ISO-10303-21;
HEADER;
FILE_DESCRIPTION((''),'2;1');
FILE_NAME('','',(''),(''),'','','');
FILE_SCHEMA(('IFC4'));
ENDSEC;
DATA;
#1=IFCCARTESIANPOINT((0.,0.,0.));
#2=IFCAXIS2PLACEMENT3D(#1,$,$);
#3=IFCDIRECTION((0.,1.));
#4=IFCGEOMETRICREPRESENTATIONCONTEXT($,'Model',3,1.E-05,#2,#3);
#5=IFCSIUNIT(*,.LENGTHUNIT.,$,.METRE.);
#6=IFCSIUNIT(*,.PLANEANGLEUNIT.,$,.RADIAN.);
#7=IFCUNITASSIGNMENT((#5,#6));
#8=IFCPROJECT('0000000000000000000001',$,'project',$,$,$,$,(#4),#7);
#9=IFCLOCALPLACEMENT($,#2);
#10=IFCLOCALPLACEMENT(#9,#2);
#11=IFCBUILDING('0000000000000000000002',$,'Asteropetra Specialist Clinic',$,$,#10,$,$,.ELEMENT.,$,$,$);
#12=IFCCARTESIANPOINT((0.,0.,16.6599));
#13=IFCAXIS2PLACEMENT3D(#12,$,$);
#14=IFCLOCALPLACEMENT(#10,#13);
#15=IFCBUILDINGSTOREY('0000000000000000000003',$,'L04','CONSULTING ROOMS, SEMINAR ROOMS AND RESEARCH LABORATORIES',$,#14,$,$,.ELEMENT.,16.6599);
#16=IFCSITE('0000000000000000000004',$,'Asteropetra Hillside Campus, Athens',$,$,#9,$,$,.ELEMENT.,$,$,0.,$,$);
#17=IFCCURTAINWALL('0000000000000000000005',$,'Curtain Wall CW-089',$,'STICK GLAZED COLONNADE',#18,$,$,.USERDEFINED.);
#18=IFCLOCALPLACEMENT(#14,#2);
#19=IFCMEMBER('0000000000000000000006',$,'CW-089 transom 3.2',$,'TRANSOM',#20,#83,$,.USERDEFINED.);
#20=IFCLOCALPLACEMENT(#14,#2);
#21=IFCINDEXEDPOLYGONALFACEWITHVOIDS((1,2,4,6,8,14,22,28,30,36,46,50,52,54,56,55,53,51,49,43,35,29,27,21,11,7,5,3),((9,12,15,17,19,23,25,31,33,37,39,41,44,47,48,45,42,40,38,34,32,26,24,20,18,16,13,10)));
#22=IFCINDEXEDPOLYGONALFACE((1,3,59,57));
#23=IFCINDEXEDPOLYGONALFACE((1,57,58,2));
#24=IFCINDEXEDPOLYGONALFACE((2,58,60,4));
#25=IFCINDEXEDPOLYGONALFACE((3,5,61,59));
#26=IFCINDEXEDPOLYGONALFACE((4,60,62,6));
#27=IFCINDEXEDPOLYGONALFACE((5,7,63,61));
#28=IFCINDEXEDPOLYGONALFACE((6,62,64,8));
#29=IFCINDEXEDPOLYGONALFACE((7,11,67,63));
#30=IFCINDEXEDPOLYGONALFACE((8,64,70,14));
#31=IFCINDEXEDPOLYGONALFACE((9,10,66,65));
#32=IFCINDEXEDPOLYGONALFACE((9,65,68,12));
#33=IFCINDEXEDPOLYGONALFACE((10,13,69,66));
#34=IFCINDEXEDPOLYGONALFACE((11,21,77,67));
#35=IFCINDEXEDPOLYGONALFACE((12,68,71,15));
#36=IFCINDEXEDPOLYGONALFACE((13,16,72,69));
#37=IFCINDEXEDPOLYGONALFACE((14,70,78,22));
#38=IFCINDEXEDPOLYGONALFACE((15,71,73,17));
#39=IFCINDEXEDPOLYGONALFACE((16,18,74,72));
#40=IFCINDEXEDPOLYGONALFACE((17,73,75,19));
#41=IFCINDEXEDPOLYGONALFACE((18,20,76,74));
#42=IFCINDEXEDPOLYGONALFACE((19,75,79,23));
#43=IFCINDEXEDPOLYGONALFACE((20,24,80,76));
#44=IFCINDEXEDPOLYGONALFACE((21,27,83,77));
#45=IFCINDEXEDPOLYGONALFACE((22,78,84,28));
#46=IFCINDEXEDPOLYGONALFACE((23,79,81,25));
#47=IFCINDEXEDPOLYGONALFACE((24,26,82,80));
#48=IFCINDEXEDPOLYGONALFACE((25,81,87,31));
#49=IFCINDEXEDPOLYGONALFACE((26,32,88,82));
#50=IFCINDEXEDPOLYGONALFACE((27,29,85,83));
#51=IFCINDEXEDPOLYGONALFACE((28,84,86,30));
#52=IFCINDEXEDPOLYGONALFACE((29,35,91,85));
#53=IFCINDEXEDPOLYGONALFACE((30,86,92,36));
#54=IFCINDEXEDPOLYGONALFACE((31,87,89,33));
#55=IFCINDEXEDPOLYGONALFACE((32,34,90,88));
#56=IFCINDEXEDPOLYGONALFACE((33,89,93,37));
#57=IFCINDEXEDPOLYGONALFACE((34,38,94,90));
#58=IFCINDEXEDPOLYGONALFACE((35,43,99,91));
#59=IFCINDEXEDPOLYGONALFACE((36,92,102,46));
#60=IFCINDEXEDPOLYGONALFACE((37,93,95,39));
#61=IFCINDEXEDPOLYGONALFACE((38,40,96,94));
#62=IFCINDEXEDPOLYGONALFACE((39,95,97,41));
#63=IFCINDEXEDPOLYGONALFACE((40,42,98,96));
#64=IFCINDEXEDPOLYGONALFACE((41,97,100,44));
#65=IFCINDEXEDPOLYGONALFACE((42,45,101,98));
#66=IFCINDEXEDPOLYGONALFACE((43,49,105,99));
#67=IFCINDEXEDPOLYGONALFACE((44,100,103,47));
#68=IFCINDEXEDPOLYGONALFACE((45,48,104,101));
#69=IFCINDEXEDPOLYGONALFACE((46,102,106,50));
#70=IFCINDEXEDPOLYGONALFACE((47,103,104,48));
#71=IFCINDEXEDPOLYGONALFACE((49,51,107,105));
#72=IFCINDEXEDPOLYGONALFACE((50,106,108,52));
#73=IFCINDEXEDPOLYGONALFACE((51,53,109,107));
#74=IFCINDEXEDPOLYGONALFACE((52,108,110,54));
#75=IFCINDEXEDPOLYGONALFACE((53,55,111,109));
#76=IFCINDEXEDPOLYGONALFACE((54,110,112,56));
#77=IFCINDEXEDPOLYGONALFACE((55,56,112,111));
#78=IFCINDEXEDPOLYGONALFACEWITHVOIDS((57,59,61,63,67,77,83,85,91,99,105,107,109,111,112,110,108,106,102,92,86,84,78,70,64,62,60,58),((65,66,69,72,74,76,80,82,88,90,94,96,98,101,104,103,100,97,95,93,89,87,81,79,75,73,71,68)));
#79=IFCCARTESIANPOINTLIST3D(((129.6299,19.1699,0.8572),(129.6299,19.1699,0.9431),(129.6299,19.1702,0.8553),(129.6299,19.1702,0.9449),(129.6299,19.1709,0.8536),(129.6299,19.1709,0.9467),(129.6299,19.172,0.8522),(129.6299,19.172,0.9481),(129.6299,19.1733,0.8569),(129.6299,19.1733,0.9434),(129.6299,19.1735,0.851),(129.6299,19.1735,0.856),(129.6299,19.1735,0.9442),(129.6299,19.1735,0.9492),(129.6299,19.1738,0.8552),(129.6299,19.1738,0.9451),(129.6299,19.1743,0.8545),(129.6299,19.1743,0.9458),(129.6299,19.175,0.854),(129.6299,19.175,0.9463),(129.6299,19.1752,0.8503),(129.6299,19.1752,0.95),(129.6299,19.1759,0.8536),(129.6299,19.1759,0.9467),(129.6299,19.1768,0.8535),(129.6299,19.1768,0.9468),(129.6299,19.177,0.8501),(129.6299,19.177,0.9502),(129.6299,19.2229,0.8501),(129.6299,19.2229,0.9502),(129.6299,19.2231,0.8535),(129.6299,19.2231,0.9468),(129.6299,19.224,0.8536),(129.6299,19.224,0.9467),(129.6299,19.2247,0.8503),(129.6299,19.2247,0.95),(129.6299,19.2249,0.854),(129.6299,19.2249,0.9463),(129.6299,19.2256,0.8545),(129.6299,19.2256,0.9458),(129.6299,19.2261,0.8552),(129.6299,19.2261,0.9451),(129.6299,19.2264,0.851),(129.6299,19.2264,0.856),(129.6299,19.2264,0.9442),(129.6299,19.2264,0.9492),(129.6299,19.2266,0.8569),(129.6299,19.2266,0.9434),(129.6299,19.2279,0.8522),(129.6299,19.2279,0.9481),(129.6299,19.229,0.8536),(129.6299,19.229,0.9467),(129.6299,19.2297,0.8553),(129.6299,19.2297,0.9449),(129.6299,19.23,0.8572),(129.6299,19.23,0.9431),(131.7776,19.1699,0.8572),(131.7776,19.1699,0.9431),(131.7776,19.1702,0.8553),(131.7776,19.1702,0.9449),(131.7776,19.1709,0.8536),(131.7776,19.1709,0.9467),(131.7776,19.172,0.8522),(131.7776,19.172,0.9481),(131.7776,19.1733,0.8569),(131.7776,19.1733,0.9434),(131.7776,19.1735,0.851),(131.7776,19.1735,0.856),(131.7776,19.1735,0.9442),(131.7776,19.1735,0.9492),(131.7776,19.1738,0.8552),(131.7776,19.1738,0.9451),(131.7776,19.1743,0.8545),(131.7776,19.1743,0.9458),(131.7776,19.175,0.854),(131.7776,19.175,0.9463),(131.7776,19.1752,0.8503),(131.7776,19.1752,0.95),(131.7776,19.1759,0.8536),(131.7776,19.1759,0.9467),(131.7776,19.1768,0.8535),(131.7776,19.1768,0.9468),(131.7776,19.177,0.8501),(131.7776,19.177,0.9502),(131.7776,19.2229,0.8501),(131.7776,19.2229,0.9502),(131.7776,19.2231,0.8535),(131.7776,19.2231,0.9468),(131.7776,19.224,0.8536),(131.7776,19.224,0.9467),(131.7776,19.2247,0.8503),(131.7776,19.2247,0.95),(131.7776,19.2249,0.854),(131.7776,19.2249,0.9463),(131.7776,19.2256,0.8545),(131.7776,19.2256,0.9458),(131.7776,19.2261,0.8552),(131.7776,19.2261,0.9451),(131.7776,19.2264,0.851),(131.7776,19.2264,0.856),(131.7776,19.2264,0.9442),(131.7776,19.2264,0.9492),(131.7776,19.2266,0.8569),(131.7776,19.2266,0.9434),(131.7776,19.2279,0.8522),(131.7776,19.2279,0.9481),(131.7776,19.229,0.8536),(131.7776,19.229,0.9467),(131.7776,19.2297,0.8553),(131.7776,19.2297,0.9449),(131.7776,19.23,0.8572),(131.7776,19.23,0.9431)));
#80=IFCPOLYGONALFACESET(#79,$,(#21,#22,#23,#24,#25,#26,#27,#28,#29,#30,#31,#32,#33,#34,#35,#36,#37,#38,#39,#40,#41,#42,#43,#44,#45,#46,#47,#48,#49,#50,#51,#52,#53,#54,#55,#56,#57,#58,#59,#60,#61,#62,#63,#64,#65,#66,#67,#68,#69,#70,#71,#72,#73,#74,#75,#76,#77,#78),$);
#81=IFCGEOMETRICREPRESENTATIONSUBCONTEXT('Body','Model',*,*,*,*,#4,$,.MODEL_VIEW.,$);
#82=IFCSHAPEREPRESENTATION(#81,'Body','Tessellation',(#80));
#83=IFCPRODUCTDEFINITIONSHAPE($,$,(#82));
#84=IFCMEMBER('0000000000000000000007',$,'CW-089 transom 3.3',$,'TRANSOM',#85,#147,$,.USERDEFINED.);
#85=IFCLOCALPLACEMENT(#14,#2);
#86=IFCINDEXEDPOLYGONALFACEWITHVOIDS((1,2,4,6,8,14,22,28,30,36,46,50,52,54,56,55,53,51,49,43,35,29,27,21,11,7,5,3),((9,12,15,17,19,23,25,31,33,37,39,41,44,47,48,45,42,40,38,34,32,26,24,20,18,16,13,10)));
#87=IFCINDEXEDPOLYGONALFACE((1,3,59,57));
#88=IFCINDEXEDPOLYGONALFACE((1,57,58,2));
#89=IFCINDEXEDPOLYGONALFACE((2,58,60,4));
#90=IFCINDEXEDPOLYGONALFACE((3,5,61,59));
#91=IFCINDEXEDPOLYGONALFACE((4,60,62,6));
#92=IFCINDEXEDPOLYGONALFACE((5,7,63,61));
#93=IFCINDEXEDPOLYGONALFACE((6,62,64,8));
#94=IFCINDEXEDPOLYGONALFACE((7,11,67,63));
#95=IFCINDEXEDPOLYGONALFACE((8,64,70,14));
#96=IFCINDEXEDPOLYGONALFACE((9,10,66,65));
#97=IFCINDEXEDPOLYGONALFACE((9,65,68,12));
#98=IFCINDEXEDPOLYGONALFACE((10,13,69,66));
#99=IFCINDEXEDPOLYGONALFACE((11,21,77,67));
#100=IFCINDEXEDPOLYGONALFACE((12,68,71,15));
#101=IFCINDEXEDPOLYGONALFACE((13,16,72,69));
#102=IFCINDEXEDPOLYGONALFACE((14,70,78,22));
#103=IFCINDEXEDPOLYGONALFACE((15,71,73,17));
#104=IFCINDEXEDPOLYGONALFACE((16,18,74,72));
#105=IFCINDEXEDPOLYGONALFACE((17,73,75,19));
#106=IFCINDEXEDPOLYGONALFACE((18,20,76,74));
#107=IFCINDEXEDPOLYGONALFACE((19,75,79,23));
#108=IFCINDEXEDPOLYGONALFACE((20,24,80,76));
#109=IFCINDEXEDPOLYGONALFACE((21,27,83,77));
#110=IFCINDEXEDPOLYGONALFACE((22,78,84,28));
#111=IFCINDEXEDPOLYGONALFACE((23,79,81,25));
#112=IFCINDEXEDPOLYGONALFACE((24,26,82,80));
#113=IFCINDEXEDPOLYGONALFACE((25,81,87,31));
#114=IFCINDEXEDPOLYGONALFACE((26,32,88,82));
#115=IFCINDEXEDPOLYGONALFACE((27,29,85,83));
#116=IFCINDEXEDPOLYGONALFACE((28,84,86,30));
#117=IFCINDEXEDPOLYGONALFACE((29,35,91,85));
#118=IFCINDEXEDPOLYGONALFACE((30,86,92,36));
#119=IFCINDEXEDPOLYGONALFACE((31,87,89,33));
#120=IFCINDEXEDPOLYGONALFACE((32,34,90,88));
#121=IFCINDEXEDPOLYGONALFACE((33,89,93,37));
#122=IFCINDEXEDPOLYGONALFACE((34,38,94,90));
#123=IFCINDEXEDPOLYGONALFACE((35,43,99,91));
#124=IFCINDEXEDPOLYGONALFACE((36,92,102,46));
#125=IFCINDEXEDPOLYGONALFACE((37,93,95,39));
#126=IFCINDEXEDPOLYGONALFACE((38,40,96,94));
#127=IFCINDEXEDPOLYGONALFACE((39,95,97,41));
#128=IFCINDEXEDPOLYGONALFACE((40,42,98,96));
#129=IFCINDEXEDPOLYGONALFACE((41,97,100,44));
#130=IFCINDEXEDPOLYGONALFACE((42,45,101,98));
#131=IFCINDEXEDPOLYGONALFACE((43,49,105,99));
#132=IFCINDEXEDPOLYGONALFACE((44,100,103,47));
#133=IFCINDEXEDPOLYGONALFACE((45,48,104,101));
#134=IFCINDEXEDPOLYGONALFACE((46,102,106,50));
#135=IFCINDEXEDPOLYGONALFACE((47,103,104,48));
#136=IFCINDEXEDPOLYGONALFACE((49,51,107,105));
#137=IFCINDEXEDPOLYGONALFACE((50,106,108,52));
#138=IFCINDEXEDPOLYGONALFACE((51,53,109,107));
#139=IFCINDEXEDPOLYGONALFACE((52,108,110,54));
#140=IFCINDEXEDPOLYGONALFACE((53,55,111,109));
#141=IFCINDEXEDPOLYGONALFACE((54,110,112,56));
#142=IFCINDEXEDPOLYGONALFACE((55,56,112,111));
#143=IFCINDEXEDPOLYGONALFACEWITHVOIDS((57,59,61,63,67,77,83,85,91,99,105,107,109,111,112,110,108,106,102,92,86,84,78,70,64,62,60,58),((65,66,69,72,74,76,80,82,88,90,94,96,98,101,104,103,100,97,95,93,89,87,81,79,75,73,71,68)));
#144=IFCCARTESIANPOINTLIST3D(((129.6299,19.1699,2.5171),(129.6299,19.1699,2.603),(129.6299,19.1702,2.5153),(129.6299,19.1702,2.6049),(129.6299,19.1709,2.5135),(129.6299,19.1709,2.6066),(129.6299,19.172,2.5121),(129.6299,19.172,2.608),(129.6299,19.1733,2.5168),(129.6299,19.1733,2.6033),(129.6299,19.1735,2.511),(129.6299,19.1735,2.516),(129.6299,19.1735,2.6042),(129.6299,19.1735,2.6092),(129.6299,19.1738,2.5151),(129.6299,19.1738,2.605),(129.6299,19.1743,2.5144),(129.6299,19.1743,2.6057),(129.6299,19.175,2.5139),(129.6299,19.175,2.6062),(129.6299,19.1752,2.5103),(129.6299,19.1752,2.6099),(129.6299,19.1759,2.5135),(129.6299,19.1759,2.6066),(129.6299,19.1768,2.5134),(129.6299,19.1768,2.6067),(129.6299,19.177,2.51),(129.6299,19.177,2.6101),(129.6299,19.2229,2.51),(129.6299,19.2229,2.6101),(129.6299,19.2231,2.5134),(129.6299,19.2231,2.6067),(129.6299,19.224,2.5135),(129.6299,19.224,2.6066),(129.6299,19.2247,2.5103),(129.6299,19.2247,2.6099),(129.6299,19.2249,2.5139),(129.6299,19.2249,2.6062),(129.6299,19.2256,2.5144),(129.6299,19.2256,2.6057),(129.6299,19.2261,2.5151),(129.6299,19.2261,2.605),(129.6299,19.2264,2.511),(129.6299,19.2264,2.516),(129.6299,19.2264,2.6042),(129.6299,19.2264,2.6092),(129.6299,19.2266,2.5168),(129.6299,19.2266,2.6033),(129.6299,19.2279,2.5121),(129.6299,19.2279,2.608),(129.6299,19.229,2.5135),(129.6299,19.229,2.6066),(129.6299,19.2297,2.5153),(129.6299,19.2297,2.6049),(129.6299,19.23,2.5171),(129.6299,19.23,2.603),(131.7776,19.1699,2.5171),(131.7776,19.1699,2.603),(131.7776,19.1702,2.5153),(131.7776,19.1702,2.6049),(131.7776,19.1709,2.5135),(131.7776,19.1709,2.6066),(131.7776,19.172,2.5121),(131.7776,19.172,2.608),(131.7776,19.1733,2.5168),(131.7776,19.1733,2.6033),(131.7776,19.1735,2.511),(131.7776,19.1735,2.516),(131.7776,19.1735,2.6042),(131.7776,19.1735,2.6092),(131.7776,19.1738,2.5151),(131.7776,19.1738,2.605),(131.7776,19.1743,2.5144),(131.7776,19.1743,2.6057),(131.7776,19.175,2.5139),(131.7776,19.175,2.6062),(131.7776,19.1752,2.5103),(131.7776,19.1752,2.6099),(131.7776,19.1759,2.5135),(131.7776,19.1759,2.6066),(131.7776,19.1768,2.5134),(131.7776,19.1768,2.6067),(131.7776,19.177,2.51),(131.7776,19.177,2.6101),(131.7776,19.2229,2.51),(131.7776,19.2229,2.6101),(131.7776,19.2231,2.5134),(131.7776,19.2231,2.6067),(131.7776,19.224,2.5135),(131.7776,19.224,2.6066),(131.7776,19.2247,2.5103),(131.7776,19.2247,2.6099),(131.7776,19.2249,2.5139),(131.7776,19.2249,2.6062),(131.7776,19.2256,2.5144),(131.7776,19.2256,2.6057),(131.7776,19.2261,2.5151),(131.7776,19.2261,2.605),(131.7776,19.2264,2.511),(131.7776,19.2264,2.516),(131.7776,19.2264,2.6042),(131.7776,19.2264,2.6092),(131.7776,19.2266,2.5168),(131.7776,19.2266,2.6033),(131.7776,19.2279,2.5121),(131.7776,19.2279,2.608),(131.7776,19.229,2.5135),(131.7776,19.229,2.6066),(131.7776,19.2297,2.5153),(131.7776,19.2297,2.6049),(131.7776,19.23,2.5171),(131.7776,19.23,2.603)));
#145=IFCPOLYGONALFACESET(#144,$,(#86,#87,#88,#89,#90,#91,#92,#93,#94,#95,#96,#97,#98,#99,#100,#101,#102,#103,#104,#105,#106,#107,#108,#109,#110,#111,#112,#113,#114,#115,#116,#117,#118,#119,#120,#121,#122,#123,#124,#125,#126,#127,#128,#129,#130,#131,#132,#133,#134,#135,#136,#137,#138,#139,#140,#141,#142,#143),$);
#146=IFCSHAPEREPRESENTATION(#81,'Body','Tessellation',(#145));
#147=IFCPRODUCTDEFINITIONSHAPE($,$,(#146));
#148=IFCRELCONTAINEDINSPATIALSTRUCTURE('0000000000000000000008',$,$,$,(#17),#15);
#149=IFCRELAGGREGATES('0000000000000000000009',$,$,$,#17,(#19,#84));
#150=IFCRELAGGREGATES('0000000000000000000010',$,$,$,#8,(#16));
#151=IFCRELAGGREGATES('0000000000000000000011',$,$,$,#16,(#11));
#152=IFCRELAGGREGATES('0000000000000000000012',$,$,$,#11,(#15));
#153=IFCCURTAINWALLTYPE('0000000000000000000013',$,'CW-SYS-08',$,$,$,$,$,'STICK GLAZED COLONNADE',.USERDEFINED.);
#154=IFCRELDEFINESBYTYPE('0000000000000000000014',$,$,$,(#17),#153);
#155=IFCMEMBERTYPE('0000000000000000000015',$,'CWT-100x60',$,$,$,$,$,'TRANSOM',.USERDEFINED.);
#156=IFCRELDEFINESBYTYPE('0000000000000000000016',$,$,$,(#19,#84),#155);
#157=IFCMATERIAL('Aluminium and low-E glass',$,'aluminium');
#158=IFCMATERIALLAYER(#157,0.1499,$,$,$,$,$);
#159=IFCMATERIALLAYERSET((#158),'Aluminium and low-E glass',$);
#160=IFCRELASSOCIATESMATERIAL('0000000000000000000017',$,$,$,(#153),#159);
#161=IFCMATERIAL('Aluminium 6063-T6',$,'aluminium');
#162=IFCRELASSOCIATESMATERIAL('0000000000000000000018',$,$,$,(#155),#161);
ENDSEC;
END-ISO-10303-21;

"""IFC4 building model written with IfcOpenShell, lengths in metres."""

from ifc_helpers import new_model, si_unit, direction, frame, origin, origin_2d, place, context, subcontext, project, spatial, hollow_rectangle, extrude, material, layer, layer_set, material_profile, profile_set, type_object, element, aggregate, save


model = new_model("IFC4")

# Units and contexts
model_context = context("Model", 3, precision=1e-05, world=origin(), true_north=direction((0.0, 1.0)))
body_context = subcontext(model_context, "Body", "Model", "MODEL_VIEW")
ifc_project = project(units=[si_unit("LENGTHUNIT", "METRE"), si_unit("PLANEANGLEUNIT", "RADIAN")], contexts=[model_context])

# Site, building, storey
site_placement = place(None, origin())
site = spatial("IfcSite", under=ifc_project, at=site_placement, Name="Asteropetra Hillside Campus, Athens", CompositionType="ELEMENT", RefElevation=0.0)
building_placement = place(site_placement, origin())
building = spatial("IfcBuilding", under=site, at=building_placement, Name="Asteropetra Specialist Clinic", CompositionType="ELEMENT")
storey_placement = place(building_placement, frame((0.0, 0.0, 16.6599)))
storey = spatial("IfcBuildingStorey", under=building, at=storey_placement, Name="L04", Description="CONSULTING ROOMS, SEMINAR ROOMS AND RESEARCH LABORATORIES", CompositionType="ELEMENT", Elevation=16.6599)

# Curtain wall, members
ifc_material_1 = material(Name="Aluminium and low-E glass", Category="aluminium")
ifc_layer_1 = layer(ifc_material_1, 0.1499)
ifc_layer_set_1 = layer_set([ifc_layer_1], Name="Aluminium and low-E glass")
curtain_wall_type = type_object("IfcCurtainWallType", Name="CW-SYS-08", ElementType="STICK GLAZED COLONNADE", PredefinedType="USERDEFINED", material=ifc_layer_set_1)
curtain_wall_placement = place(storey_placement, origin())
curtain_wall = element("IfcCurtainWall", 1, at=curtain_wall_placement, inside=storey, type_object=curtain_wall_type, Name="Curtain Wall CW-089", ObjectType="STICK GLAZED COLONNADE", PredefinedType="USERDEFINED")
ifc_material_2 = material(Name="Aluminium 6063-T6", Category="aluminium")
ifc_material_profile_1 = material_profile(ifc_material_2, hollow_rectangle(XDim=0.0601, YDim=0.1001, WallThickness=0.0034, InnerFilletRadius=0.0034, OuterFilletRadius=0.0071, at=origin_2d()), Name="TRN 100x60x3.5")
ifc_profile_set_1 = profile_set([ifc_material_profile_1], Name="Aluminium 6063-T6")
member_type_1 = type_object("IfcMemberType", Name="CWT-100x60", ElementType="TRANSOM", PredefinedType="USERDEFINED", material=ifc_profile_set_1)
member_1_placement = place(storey_placement, frame((129.6299, 19.2, 0.9001), z_axis=(1.0, 0.0, 0.0), x_axis=(0.0, 1.0, 0.0)))
member_1 = element("IfcMember", 2, at=member_1_placement, type_object=member_type_1, Name="CW-089 transom 3.2", ObjectType="TRANSOM", PredefinedType="USERDEFINED", context=body_context, shape_type="SweptSolid", body=[
    extrude(hollow_rectangle(XDim=0.0601, YDim=0.1001, WallThickness=0.0034, InnerFilletRadius=0.0034, OuterFilletRadius=0.0071, at=origin_2d()), origin(), (0.0, 0.0, 1.0), 2.1477),
])
member_2_placement = place(storey_placement, frame((129.6299, 19.2, 2.5601), z_axis=(1.0, 0.0, 0.0), x_axis=(0.0, 1.0, 0.0)))
member_2 = element("IfcMember", 3, at=member_2_placement, type_object=member_type_1, Name="CW-089 transom 3.3", ObjectType="TRANSOM", PredefinedType="USERDEFINED", context=body_context, shape_type="SweptSolid", body=[
    extrude(hollow_rectangle(XDim=0.0601, YDim=0.1001, WallThickness=0.0034, InnerFilletRadius=0.0034, OuterFilletRadius=0.0071, at=origin_2d()), origin(), (0.0, 0.0, 1.0), 2.1477),
])
aggregate(curtain_wall, [member_1, member_2])

save(model, "model.ifc")
